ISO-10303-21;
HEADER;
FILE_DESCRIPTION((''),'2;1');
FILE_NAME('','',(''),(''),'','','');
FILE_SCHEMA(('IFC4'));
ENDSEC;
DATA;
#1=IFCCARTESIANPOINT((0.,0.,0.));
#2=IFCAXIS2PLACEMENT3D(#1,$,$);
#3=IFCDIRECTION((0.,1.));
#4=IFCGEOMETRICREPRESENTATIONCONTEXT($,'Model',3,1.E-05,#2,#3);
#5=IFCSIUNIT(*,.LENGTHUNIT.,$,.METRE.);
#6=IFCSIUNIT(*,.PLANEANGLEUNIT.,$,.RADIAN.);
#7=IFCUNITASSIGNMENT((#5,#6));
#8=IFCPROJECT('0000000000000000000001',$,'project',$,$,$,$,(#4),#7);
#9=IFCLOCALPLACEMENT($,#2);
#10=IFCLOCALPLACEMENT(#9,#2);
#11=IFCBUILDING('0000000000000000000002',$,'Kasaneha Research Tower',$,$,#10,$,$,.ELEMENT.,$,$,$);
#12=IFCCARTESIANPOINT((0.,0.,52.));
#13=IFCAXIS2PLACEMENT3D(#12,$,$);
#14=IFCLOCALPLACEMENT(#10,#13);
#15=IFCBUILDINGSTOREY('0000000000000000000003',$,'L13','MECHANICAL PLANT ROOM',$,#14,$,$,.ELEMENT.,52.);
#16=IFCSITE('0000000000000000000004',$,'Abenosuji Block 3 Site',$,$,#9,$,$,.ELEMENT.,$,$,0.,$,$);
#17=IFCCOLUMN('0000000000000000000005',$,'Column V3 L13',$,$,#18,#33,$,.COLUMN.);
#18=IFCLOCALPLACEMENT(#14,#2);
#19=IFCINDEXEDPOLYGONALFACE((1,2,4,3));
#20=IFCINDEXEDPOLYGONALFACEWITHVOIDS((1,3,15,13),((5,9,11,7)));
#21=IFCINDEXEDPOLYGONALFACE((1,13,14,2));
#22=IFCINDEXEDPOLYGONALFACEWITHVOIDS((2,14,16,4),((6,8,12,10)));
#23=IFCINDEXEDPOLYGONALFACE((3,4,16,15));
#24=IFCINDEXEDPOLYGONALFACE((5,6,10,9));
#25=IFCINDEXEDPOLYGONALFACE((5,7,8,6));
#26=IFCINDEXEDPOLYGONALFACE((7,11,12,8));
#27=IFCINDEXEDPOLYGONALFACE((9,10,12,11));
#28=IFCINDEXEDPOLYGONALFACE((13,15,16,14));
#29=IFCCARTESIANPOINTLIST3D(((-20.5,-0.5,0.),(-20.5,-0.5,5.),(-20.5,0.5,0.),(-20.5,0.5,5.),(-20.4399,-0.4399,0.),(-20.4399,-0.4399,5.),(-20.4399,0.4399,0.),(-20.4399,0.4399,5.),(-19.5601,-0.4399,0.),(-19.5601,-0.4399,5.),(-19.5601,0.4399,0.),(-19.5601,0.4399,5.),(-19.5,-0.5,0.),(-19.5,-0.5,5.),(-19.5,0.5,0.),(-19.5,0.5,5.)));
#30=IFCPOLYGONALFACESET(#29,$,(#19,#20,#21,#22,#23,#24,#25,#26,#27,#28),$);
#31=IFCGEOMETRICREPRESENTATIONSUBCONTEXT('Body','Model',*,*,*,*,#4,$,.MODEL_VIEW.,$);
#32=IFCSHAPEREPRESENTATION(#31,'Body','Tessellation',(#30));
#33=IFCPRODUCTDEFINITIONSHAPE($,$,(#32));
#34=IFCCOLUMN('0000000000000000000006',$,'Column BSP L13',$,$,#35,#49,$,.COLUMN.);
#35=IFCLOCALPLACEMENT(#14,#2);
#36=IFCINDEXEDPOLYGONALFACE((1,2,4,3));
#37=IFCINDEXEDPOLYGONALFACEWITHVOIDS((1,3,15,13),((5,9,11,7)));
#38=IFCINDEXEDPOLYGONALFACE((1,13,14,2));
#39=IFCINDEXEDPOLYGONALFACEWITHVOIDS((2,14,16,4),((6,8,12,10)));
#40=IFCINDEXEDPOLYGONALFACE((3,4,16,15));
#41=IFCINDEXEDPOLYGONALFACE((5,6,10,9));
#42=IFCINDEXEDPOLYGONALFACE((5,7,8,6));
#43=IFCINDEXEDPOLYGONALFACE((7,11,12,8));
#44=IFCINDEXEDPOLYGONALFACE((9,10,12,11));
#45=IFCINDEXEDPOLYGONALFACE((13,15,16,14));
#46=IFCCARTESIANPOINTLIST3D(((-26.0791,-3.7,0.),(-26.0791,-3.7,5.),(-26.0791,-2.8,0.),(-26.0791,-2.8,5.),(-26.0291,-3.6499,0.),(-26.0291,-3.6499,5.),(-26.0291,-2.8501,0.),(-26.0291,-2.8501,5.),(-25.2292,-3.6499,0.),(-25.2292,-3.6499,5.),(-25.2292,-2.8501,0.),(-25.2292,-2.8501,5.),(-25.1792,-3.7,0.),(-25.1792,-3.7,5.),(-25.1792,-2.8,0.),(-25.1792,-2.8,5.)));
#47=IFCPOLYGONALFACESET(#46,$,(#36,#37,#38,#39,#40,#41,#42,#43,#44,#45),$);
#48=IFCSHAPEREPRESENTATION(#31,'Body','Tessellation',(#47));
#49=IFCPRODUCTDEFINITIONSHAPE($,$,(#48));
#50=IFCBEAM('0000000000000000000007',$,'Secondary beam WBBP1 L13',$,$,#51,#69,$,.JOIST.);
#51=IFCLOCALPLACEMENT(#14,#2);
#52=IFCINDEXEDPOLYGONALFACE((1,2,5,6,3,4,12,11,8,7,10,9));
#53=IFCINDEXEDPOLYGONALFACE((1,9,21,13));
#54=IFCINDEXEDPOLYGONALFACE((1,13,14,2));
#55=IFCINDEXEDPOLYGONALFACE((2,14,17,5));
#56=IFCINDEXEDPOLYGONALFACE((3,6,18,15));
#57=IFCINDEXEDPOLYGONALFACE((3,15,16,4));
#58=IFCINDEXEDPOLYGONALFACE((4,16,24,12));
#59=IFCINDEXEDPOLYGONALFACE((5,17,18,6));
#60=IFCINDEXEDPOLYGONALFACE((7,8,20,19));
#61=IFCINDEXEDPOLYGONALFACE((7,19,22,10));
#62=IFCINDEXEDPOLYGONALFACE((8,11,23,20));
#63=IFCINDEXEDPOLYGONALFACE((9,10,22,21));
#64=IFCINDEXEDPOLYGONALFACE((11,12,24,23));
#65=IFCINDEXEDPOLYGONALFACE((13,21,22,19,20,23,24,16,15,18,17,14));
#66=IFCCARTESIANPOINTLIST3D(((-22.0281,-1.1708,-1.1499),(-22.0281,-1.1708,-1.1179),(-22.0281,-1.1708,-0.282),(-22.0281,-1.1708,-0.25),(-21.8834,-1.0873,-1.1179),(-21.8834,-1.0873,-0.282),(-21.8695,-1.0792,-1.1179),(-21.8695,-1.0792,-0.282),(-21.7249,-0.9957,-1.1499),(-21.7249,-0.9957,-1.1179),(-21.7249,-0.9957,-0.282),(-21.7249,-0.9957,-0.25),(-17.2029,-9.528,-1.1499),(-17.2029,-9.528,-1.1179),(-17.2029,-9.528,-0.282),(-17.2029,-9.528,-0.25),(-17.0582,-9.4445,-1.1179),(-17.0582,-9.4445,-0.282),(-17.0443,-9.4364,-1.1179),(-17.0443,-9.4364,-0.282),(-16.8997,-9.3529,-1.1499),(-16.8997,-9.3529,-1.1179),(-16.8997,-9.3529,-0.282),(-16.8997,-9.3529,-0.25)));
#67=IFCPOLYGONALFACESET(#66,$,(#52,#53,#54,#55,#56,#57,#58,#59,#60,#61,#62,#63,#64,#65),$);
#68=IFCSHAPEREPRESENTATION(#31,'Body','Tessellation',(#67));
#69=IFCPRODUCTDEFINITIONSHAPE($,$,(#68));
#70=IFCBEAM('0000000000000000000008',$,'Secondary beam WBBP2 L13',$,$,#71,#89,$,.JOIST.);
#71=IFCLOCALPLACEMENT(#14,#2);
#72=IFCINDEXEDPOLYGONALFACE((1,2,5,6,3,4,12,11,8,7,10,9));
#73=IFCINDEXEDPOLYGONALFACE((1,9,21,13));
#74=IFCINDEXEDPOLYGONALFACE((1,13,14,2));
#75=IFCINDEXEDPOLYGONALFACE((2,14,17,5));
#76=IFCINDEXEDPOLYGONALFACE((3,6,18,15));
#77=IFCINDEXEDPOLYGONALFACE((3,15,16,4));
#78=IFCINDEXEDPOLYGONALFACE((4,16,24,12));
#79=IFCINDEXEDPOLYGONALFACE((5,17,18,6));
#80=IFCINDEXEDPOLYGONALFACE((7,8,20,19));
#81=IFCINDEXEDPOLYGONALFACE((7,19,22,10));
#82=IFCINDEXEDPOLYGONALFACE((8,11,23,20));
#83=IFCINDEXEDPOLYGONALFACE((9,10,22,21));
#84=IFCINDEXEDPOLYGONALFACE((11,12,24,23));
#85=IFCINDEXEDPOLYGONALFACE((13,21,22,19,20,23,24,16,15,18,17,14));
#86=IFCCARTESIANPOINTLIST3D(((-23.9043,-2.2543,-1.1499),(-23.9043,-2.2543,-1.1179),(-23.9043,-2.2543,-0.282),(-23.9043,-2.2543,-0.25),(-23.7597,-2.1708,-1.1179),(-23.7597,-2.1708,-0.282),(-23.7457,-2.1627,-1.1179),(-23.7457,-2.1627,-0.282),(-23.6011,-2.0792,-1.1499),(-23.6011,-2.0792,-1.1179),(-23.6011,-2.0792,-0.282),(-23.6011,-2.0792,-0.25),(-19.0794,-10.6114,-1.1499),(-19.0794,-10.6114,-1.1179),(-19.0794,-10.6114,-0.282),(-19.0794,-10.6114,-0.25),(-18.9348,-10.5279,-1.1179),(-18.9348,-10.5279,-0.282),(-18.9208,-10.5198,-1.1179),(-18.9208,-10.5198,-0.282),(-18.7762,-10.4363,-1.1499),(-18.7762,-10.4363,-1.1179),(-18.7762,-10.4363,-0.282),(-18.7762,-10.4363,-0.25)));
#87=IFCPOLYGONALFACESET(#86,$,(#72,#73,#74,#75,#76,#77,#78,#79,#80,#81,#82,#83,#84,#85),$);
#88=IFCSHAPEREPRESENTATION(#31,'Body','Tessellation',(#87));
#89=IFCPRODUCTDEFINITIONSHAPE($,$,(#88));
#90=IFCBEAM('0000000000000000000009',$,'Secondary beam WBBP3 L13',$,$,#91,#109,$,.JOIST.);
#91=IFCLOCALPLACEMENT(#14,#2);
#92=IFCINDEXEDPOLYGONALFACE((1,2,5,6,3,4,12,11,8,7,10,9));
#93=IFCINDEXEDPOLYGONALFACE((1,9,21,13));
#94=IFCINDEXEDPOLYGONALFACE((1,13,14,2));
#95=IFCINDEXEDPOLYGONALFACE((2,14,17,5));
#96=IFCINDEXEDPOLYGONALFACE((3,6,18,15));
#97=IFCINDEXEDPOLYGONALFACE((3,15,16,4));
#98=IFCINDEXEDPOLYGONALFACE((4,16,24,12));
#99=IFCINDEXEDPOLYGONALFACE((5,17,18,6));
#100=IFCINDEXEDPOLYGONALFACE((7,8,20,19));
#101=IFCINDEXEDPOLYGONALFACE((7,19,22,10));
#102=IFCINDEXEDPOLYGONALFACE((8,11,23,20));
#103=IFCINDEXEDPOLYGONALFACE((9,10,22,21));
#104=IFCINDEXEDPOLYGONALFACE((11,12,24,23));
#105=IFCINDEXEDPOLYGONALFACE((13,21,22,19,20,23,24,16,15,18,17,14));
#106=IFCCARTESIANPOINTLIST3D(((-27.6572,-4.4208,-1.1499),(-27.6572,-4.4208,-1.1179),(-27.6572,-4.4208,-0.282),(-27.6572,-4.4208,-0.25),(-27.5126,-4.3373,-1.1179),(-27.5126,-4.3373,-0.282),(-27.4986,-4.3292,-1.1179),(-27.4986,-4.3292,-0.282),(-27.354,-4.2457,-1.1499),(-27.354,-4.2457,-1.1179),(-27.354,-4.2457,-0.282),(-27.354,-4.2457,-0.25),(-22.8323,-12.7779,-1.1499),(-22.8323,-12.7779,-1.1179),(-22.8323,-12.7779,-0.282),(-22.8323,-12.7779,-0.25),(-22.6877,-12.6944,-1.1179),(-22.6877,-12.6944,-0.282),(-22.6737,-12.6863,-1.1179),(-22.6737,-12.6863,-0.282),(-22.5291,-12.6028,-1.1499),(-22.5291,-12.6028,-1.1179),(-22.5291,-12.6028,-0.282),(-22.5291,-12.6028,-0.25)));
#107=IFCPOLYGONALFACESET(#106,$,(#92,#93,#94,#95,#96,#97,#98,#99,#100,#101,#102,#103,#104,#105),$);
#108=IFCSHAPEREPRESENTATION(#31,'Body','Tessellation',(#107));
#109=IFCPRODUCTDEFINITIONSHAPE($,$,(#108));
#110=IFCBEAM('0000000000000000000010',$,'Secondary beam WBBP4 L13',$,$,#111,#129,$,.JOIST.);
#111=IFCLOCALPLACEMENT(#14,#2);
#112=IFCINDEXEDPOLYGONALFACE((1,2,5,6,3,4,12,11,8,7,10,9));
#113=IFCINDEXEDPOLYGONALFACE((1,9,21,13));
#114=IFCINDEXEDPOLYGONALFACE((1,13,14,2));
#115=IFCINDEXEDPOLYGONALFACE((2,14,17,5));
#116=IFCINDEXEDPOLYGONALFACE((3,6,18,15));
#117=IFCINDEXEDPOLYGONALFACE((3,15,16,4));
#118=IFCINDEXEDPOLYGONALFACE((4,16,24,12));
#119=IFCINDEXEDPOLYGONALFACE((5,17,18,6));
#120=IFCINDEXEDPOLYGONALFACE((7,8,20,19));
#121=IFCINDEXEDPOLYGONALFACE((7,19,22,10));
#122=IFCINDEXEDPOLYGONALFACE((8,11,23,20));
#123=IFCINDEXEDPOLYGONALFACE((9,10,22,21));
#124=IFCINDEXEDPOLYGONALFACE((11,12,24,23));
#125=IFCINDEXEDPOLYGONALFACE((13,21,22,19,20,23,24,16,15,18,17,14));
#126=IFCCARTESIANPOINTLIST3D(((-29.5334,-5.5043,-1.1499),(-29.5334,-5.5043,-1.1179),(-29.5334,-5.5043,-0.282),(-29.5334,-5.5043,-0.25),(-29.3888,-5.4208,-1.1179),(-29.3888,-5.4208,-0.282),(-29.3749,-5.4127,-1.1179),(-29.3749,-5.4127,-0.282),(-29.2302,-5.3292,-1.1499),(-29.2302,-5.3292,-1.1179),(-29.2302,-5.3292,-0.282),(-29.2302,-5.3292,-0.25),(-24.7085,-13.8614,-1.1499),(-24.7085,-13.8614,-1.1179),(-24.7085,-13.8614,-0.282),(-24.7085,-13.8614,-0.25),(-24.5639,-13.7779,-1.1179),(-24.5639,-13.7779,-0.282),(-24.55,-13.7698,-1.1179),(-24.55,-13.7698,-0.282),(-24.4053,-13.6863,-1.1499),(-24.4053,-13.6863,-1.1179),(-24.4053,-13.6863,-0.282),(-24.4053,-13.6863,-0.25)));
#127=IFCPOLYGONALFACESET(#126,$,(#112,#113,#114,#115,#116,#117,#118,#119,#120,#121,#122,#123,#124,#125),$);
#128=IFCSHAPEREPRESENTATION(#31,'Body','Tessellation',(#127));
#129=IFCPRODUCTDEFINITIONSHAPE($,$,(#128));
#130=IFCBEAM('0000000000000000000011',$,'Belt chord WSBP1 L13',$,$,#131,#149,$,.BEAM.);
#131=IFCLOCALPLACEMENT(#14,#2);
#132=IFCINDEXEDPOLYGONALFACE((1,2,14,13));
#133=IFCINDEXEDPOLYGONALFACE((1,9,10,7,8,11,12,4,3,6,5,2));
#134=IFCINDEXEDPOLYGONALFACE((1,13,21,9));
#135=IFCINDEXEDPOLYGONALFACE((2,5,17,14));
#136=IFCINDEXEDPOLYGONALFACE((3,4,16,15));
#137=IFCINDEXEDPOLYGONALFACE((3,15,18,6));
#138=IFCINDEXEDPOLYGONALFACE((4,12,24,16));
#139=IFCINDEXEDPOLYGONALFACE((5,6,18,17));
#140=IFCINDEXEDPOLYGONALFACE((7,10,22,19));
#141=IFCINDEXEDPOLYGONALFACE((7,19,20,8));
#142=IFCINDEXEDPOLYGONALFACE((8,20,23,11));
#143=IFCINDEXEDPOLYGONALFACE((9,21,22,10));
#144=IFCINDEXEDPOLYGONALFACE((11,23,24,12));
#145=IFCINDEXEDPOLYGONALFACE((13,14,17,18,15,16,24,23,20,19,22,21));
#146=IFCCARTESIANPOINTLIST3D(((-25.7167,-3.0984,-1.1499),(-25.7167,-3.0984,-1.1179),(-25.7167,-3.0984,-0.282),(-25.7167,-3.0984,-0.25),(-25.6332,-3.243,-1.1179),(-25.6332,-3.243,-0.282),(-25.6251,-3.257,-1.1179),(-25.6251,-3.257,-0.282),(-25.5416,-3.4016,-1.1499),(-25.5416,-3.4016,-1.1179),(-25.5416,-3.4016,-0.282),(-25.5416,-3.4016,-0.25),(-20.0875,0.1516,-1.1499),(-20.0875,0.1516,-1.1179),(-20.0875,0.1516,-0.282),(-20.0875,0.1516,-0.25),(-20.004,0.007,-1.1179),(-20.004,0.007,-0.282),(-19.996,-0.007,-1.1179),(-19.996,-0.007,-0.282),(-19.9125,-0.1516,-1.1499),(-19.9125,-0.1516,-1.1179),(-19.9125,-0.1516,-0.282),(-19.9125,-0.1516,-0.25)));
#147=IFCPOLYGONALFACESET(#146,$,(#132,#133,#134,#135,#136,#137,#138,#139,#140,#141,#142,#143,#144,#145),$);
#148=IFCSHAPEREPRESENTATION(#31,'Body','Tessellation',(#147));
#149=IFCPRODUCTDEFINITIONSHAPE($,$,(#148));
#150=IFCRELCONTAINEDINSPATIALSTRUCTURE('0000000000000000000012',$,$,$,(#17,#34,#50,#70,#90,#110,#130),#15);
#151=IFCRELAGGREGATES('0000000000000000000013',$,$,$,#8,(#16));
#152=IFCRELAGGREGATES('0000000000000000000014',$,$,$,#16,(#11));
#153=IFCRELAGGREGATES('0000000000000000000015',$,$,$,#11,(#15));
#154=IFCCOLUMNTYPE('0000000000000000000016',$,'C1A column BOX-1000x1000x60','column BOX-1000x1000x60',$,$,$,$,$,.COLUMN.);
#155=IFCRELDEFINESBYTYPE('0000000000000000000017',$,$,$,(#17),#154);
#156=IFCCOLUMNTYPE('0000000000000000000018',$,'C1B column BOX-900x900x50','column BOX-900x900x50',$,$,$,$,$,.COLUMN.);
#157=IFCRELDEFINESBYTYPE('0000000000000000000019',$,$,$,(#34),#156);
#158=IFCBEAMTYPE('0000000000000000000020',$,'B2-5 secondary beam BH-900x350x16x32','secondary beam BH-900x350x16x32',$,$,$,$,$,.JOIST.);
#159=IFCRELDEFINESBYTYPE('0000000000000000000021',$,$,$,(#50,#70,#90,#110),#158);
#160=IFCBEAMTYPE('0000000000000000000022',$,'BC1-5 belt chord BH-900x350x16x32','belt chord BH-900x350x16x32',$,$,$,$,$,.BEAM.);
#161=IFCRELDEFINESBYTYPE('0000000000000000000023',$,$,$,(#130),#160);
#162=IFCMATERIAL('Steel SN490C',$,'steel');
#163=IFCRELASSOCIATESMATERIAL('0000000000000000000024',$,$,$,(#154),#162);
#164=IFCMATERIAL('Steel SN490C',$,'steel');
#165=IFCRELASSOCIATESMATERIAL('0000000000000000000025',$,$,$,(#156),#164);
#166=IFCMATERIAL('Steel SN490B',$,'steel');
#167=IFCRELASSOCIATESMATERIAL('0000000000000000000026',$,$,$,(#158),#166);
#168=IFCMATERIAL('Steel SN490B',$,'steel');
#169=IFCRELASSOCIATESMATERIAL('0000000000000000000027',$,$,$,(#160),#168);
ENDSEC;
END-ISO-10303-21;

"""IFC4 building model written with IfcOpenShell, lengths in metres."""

from ifc_helpers import new_model, si_unit, direction, frame, origin, origin_2d, place, context, subcontext, project, spatial, hollow_rectangle, i_section, extrude, material, material_profile, profile_set, type_object, element, save


model = new_model("IFC4")

# Units and contexts
model_context = context("Model", 3, precision=1e-05, world=origin(), true_north=direction((0.0, 1.0)))
body_context = subcontext(model_context, "Body", "Model", "MODEL_VIEW")
ifc_project = project(units=[si_unit("LENGTHUNIT", "METRE"), si_unit("PLANEANGLEUNIT", "RADIAN")], contexts=[model_context])

# Site, building, storey
site_placement = place(None, origin())
site = spatial("IfcSite", under=ifc_project, at=site_placement, Name="Abenosuji Block 3 Site", CompositionType="ELEMENT", RefElevation=0.0)
building_placement = place(site_placement, origin())
building = spatial("IfcBuilding", under=site, at=building_placement, Name="Kasaneha Research Tower", CompositionType="ELEMENT")
storey_placement = place(building_placement, frame((0.0, 0.0, 52.0)))
storey = spatial("IfcBuildingStorey", under=building, at=storey_placement, Name="L13", Description="MECHANICAL PLANT ROOM", CompositionType="ELEMENT", Elevation=52.0)

# Columns
ifc_material_1 = material(Name="Steel SN490C", Category="steel")
ifc_material_profile_1 = material_profile(ifc_material_1, hollow_rectangle(XDim=1.0, YDim=1.0, WallThickness=0.0601, at=origin_2d()), Name="BOX-1000x1000x60")
ifc_profile_set_1 = profile_set([ifc_material_profile_1], Name="Steel SN490C")
column_type_1 = type_object("IfcColumnType", Name="C1A column BOX-1000x1000x60", Description="column BOX-1000x1000x60", PredefinedType="COLUMN", material=ifc_profile_set_1)
column_1_placement = place(storey_placement, frame((-20.0, 0.0, 0.0), z_axis=(0.0, 0.0, 1.0), x_axis=(1.0, 0.0, 0.0)))
element("IfcColumn", 1, at=column_1_placement, inside=storey, type_object=column_type_1, Name="Column V3 L13", PredefinedType="COLUMN", context=body_context, shape_type="SweptSolid", body=[
    extrude(hollow_rectangle(XDim=1.0, YDim=1.0, WallThickness=0.0601, at=origin_2d()), origin(), (0.0, 0.0, 1.0), 5.0),
])
ifc_material_2 = material(Name="Steel SN490C", Category="steel")
ifc_material_profile_2 = material_profile(ifc_material_2, hollow_rectangle(XDim=0.8999, YDim=0.8999, WallThickness=0.05, at=origin_2d()), Name="BOX-900x900x50")
ifc_profile_set_2 = profile_set([ifc_material_profile_2], Name="Steel SN490C")
column_type_2 = type_object("IfcColumnType", Name="C1B column BOX-900x900x50", Description="column BOX-900x900x50", PredefinedType="COLUMN", material=ifc_profile_set_2)
column_2_placement = place(storey_placement, frame((-25.6292, -3.25, 0.0), z_axis=(0.0, 0.0, 1.0), x_axis=(1.0, 0.0, 0.0)))
element("IfcColumn", 2, at=column_2_placement, inside=storey, type_object=column_type_2, Name="Column BSP L13", PredefinedType="COLUMN", context=body_context, shape_type="SweptSolid", body=[
    extrude(hollow_rectangle(XDim=0.8999, YDim=0.8999, WallThickness=0.05, at=origin_2d()), origin(), (0.0, 0.0, 1.0), 5.0),
])

# Beams
ifc_material_3 = material(Name="Steel SN490B", Category="steel")
ifc_material_profile_3 = material_profile(ifc_material_3, i_section(OverallWidth=0.3501, OverallDepth=0.8999, WebThickness=0.0161, FlangeThickness=0.032, at=origin_2d()), Name="BH-900x350x16x32")
ifc_profile_set_3 = profile_set([ifc_material_profile_3], Name="Steel SN490B")
beam_type_1 = type_object("IfcBeamType", Name="B2-5 secondary beam BH-900x350x16x32", Description="secondary beam BH-900x350x16x32", PredefinedType="JOIST", material=ifc_profile_set_3)
beam_1_placement = place(storey_placement, frame((-21.8765, -1.0833, -0.7), z_axis=(0.500014, -0.866017, 0.0), x_axis=(0.866017, 0.500014, 0.0)))
element("IfcBeam", 3, at=beam_1_placement, inside=storey, type_object=beam_type_1, Name="Secondary beam WBBP1 L13", PredefinedType="JOIST", context=body_context, shape_type="SweptSolid", body=[
    extrude(i_section(OverallWidth=0.3501, OverallDepth=0.8999, WebThickness=0.0161, FlangeThickness=0.032, at=origin_2d()), origin(), (0.0, 0.0, 1.0), 9.6501),
])
for number, where, z_axis, x_axis, name in (
    (4, (-23.7527, -2.1667, -0.7), (0.499995, -0.866028, 0.0), (0.866028, 0.499995, 0.0), "Secondary beam WBBP2 L13"),
    (5, (-27.5056, -4.3333, -0.7), (0.499995, -0.866028, 0.0), (0.866028, 0.499995, 0.0), "Secondary beam WBBP3 L13"),
    (6, (-29.3818, -5.4167, -0.7), (0.499995, -0.866028, 0.0), (0.866028, 0.499995, 0.0), "Secondary beam WBBP4 L13"),
):
    element("IfcBeam", number, at=place(storey_placement, frame(where, z_axis=z_axis, x_axis=x_axis)), inside=storey, type_object=beam_type_1, Name=name, PredefinedType="JOIST", context=body_context, shape_type="SweptSolid", body=[
        extrude(i_section(OverallWidth=0.3501, OverallDepth=0.8999, WebThickness=0.0161, FlangeThickness=0.032, at=origin_2d()), origin(), (0.0, 0.0, 1.0), 9.6499),
    ])
ifc_material_4 = material(Name="Steel SN490B", Category="steel")
ifc_material_profile_4 = material_profile(ifc_material_4, i_section(OverallWidth=0.3501, OverallDepth=0.8999, WebThickness=0.0161, FlangeThickness=0.032, at=origin_2d()), Name="BH-900x350x16x32")
ifc_profile_set_4 = profile_set([ifc_material_profile_4], Name="Steel SN490B")
beam_type_2 = type_object("IfcBeamType", Name="BC1-5 belt chord BH-900x350x16x32", Description="belt chord BH-900x350x16x32", PredefinedType="BEAM", material=ifc_profile_set_4)
beam_2_placement = place(storey_placement, frame((-20.0, 0.0, -0.7), z_axis=(-0.866025, -0.500001, 0.0), x_axis=(0.500001, -0.866025, 0.0)))
element("IfcBeam", 7, at=beam_2_placement, inside=storey, type_object=beam_type_2, Name="Belt chord WSBP1 L13", PredefinedType="BEAM", context=body_context, shape_type="SweptSolid", body=[
    extrude(i_section(OverallWidth=0.3501, OverallDepth=0.8999, WebThickness=0.0161, FlangeThickness=0.032, at=origin_2d()), origin(), (0.0, 0.0, 1.0), 6.5),
])

save(model, "model.ifc")
